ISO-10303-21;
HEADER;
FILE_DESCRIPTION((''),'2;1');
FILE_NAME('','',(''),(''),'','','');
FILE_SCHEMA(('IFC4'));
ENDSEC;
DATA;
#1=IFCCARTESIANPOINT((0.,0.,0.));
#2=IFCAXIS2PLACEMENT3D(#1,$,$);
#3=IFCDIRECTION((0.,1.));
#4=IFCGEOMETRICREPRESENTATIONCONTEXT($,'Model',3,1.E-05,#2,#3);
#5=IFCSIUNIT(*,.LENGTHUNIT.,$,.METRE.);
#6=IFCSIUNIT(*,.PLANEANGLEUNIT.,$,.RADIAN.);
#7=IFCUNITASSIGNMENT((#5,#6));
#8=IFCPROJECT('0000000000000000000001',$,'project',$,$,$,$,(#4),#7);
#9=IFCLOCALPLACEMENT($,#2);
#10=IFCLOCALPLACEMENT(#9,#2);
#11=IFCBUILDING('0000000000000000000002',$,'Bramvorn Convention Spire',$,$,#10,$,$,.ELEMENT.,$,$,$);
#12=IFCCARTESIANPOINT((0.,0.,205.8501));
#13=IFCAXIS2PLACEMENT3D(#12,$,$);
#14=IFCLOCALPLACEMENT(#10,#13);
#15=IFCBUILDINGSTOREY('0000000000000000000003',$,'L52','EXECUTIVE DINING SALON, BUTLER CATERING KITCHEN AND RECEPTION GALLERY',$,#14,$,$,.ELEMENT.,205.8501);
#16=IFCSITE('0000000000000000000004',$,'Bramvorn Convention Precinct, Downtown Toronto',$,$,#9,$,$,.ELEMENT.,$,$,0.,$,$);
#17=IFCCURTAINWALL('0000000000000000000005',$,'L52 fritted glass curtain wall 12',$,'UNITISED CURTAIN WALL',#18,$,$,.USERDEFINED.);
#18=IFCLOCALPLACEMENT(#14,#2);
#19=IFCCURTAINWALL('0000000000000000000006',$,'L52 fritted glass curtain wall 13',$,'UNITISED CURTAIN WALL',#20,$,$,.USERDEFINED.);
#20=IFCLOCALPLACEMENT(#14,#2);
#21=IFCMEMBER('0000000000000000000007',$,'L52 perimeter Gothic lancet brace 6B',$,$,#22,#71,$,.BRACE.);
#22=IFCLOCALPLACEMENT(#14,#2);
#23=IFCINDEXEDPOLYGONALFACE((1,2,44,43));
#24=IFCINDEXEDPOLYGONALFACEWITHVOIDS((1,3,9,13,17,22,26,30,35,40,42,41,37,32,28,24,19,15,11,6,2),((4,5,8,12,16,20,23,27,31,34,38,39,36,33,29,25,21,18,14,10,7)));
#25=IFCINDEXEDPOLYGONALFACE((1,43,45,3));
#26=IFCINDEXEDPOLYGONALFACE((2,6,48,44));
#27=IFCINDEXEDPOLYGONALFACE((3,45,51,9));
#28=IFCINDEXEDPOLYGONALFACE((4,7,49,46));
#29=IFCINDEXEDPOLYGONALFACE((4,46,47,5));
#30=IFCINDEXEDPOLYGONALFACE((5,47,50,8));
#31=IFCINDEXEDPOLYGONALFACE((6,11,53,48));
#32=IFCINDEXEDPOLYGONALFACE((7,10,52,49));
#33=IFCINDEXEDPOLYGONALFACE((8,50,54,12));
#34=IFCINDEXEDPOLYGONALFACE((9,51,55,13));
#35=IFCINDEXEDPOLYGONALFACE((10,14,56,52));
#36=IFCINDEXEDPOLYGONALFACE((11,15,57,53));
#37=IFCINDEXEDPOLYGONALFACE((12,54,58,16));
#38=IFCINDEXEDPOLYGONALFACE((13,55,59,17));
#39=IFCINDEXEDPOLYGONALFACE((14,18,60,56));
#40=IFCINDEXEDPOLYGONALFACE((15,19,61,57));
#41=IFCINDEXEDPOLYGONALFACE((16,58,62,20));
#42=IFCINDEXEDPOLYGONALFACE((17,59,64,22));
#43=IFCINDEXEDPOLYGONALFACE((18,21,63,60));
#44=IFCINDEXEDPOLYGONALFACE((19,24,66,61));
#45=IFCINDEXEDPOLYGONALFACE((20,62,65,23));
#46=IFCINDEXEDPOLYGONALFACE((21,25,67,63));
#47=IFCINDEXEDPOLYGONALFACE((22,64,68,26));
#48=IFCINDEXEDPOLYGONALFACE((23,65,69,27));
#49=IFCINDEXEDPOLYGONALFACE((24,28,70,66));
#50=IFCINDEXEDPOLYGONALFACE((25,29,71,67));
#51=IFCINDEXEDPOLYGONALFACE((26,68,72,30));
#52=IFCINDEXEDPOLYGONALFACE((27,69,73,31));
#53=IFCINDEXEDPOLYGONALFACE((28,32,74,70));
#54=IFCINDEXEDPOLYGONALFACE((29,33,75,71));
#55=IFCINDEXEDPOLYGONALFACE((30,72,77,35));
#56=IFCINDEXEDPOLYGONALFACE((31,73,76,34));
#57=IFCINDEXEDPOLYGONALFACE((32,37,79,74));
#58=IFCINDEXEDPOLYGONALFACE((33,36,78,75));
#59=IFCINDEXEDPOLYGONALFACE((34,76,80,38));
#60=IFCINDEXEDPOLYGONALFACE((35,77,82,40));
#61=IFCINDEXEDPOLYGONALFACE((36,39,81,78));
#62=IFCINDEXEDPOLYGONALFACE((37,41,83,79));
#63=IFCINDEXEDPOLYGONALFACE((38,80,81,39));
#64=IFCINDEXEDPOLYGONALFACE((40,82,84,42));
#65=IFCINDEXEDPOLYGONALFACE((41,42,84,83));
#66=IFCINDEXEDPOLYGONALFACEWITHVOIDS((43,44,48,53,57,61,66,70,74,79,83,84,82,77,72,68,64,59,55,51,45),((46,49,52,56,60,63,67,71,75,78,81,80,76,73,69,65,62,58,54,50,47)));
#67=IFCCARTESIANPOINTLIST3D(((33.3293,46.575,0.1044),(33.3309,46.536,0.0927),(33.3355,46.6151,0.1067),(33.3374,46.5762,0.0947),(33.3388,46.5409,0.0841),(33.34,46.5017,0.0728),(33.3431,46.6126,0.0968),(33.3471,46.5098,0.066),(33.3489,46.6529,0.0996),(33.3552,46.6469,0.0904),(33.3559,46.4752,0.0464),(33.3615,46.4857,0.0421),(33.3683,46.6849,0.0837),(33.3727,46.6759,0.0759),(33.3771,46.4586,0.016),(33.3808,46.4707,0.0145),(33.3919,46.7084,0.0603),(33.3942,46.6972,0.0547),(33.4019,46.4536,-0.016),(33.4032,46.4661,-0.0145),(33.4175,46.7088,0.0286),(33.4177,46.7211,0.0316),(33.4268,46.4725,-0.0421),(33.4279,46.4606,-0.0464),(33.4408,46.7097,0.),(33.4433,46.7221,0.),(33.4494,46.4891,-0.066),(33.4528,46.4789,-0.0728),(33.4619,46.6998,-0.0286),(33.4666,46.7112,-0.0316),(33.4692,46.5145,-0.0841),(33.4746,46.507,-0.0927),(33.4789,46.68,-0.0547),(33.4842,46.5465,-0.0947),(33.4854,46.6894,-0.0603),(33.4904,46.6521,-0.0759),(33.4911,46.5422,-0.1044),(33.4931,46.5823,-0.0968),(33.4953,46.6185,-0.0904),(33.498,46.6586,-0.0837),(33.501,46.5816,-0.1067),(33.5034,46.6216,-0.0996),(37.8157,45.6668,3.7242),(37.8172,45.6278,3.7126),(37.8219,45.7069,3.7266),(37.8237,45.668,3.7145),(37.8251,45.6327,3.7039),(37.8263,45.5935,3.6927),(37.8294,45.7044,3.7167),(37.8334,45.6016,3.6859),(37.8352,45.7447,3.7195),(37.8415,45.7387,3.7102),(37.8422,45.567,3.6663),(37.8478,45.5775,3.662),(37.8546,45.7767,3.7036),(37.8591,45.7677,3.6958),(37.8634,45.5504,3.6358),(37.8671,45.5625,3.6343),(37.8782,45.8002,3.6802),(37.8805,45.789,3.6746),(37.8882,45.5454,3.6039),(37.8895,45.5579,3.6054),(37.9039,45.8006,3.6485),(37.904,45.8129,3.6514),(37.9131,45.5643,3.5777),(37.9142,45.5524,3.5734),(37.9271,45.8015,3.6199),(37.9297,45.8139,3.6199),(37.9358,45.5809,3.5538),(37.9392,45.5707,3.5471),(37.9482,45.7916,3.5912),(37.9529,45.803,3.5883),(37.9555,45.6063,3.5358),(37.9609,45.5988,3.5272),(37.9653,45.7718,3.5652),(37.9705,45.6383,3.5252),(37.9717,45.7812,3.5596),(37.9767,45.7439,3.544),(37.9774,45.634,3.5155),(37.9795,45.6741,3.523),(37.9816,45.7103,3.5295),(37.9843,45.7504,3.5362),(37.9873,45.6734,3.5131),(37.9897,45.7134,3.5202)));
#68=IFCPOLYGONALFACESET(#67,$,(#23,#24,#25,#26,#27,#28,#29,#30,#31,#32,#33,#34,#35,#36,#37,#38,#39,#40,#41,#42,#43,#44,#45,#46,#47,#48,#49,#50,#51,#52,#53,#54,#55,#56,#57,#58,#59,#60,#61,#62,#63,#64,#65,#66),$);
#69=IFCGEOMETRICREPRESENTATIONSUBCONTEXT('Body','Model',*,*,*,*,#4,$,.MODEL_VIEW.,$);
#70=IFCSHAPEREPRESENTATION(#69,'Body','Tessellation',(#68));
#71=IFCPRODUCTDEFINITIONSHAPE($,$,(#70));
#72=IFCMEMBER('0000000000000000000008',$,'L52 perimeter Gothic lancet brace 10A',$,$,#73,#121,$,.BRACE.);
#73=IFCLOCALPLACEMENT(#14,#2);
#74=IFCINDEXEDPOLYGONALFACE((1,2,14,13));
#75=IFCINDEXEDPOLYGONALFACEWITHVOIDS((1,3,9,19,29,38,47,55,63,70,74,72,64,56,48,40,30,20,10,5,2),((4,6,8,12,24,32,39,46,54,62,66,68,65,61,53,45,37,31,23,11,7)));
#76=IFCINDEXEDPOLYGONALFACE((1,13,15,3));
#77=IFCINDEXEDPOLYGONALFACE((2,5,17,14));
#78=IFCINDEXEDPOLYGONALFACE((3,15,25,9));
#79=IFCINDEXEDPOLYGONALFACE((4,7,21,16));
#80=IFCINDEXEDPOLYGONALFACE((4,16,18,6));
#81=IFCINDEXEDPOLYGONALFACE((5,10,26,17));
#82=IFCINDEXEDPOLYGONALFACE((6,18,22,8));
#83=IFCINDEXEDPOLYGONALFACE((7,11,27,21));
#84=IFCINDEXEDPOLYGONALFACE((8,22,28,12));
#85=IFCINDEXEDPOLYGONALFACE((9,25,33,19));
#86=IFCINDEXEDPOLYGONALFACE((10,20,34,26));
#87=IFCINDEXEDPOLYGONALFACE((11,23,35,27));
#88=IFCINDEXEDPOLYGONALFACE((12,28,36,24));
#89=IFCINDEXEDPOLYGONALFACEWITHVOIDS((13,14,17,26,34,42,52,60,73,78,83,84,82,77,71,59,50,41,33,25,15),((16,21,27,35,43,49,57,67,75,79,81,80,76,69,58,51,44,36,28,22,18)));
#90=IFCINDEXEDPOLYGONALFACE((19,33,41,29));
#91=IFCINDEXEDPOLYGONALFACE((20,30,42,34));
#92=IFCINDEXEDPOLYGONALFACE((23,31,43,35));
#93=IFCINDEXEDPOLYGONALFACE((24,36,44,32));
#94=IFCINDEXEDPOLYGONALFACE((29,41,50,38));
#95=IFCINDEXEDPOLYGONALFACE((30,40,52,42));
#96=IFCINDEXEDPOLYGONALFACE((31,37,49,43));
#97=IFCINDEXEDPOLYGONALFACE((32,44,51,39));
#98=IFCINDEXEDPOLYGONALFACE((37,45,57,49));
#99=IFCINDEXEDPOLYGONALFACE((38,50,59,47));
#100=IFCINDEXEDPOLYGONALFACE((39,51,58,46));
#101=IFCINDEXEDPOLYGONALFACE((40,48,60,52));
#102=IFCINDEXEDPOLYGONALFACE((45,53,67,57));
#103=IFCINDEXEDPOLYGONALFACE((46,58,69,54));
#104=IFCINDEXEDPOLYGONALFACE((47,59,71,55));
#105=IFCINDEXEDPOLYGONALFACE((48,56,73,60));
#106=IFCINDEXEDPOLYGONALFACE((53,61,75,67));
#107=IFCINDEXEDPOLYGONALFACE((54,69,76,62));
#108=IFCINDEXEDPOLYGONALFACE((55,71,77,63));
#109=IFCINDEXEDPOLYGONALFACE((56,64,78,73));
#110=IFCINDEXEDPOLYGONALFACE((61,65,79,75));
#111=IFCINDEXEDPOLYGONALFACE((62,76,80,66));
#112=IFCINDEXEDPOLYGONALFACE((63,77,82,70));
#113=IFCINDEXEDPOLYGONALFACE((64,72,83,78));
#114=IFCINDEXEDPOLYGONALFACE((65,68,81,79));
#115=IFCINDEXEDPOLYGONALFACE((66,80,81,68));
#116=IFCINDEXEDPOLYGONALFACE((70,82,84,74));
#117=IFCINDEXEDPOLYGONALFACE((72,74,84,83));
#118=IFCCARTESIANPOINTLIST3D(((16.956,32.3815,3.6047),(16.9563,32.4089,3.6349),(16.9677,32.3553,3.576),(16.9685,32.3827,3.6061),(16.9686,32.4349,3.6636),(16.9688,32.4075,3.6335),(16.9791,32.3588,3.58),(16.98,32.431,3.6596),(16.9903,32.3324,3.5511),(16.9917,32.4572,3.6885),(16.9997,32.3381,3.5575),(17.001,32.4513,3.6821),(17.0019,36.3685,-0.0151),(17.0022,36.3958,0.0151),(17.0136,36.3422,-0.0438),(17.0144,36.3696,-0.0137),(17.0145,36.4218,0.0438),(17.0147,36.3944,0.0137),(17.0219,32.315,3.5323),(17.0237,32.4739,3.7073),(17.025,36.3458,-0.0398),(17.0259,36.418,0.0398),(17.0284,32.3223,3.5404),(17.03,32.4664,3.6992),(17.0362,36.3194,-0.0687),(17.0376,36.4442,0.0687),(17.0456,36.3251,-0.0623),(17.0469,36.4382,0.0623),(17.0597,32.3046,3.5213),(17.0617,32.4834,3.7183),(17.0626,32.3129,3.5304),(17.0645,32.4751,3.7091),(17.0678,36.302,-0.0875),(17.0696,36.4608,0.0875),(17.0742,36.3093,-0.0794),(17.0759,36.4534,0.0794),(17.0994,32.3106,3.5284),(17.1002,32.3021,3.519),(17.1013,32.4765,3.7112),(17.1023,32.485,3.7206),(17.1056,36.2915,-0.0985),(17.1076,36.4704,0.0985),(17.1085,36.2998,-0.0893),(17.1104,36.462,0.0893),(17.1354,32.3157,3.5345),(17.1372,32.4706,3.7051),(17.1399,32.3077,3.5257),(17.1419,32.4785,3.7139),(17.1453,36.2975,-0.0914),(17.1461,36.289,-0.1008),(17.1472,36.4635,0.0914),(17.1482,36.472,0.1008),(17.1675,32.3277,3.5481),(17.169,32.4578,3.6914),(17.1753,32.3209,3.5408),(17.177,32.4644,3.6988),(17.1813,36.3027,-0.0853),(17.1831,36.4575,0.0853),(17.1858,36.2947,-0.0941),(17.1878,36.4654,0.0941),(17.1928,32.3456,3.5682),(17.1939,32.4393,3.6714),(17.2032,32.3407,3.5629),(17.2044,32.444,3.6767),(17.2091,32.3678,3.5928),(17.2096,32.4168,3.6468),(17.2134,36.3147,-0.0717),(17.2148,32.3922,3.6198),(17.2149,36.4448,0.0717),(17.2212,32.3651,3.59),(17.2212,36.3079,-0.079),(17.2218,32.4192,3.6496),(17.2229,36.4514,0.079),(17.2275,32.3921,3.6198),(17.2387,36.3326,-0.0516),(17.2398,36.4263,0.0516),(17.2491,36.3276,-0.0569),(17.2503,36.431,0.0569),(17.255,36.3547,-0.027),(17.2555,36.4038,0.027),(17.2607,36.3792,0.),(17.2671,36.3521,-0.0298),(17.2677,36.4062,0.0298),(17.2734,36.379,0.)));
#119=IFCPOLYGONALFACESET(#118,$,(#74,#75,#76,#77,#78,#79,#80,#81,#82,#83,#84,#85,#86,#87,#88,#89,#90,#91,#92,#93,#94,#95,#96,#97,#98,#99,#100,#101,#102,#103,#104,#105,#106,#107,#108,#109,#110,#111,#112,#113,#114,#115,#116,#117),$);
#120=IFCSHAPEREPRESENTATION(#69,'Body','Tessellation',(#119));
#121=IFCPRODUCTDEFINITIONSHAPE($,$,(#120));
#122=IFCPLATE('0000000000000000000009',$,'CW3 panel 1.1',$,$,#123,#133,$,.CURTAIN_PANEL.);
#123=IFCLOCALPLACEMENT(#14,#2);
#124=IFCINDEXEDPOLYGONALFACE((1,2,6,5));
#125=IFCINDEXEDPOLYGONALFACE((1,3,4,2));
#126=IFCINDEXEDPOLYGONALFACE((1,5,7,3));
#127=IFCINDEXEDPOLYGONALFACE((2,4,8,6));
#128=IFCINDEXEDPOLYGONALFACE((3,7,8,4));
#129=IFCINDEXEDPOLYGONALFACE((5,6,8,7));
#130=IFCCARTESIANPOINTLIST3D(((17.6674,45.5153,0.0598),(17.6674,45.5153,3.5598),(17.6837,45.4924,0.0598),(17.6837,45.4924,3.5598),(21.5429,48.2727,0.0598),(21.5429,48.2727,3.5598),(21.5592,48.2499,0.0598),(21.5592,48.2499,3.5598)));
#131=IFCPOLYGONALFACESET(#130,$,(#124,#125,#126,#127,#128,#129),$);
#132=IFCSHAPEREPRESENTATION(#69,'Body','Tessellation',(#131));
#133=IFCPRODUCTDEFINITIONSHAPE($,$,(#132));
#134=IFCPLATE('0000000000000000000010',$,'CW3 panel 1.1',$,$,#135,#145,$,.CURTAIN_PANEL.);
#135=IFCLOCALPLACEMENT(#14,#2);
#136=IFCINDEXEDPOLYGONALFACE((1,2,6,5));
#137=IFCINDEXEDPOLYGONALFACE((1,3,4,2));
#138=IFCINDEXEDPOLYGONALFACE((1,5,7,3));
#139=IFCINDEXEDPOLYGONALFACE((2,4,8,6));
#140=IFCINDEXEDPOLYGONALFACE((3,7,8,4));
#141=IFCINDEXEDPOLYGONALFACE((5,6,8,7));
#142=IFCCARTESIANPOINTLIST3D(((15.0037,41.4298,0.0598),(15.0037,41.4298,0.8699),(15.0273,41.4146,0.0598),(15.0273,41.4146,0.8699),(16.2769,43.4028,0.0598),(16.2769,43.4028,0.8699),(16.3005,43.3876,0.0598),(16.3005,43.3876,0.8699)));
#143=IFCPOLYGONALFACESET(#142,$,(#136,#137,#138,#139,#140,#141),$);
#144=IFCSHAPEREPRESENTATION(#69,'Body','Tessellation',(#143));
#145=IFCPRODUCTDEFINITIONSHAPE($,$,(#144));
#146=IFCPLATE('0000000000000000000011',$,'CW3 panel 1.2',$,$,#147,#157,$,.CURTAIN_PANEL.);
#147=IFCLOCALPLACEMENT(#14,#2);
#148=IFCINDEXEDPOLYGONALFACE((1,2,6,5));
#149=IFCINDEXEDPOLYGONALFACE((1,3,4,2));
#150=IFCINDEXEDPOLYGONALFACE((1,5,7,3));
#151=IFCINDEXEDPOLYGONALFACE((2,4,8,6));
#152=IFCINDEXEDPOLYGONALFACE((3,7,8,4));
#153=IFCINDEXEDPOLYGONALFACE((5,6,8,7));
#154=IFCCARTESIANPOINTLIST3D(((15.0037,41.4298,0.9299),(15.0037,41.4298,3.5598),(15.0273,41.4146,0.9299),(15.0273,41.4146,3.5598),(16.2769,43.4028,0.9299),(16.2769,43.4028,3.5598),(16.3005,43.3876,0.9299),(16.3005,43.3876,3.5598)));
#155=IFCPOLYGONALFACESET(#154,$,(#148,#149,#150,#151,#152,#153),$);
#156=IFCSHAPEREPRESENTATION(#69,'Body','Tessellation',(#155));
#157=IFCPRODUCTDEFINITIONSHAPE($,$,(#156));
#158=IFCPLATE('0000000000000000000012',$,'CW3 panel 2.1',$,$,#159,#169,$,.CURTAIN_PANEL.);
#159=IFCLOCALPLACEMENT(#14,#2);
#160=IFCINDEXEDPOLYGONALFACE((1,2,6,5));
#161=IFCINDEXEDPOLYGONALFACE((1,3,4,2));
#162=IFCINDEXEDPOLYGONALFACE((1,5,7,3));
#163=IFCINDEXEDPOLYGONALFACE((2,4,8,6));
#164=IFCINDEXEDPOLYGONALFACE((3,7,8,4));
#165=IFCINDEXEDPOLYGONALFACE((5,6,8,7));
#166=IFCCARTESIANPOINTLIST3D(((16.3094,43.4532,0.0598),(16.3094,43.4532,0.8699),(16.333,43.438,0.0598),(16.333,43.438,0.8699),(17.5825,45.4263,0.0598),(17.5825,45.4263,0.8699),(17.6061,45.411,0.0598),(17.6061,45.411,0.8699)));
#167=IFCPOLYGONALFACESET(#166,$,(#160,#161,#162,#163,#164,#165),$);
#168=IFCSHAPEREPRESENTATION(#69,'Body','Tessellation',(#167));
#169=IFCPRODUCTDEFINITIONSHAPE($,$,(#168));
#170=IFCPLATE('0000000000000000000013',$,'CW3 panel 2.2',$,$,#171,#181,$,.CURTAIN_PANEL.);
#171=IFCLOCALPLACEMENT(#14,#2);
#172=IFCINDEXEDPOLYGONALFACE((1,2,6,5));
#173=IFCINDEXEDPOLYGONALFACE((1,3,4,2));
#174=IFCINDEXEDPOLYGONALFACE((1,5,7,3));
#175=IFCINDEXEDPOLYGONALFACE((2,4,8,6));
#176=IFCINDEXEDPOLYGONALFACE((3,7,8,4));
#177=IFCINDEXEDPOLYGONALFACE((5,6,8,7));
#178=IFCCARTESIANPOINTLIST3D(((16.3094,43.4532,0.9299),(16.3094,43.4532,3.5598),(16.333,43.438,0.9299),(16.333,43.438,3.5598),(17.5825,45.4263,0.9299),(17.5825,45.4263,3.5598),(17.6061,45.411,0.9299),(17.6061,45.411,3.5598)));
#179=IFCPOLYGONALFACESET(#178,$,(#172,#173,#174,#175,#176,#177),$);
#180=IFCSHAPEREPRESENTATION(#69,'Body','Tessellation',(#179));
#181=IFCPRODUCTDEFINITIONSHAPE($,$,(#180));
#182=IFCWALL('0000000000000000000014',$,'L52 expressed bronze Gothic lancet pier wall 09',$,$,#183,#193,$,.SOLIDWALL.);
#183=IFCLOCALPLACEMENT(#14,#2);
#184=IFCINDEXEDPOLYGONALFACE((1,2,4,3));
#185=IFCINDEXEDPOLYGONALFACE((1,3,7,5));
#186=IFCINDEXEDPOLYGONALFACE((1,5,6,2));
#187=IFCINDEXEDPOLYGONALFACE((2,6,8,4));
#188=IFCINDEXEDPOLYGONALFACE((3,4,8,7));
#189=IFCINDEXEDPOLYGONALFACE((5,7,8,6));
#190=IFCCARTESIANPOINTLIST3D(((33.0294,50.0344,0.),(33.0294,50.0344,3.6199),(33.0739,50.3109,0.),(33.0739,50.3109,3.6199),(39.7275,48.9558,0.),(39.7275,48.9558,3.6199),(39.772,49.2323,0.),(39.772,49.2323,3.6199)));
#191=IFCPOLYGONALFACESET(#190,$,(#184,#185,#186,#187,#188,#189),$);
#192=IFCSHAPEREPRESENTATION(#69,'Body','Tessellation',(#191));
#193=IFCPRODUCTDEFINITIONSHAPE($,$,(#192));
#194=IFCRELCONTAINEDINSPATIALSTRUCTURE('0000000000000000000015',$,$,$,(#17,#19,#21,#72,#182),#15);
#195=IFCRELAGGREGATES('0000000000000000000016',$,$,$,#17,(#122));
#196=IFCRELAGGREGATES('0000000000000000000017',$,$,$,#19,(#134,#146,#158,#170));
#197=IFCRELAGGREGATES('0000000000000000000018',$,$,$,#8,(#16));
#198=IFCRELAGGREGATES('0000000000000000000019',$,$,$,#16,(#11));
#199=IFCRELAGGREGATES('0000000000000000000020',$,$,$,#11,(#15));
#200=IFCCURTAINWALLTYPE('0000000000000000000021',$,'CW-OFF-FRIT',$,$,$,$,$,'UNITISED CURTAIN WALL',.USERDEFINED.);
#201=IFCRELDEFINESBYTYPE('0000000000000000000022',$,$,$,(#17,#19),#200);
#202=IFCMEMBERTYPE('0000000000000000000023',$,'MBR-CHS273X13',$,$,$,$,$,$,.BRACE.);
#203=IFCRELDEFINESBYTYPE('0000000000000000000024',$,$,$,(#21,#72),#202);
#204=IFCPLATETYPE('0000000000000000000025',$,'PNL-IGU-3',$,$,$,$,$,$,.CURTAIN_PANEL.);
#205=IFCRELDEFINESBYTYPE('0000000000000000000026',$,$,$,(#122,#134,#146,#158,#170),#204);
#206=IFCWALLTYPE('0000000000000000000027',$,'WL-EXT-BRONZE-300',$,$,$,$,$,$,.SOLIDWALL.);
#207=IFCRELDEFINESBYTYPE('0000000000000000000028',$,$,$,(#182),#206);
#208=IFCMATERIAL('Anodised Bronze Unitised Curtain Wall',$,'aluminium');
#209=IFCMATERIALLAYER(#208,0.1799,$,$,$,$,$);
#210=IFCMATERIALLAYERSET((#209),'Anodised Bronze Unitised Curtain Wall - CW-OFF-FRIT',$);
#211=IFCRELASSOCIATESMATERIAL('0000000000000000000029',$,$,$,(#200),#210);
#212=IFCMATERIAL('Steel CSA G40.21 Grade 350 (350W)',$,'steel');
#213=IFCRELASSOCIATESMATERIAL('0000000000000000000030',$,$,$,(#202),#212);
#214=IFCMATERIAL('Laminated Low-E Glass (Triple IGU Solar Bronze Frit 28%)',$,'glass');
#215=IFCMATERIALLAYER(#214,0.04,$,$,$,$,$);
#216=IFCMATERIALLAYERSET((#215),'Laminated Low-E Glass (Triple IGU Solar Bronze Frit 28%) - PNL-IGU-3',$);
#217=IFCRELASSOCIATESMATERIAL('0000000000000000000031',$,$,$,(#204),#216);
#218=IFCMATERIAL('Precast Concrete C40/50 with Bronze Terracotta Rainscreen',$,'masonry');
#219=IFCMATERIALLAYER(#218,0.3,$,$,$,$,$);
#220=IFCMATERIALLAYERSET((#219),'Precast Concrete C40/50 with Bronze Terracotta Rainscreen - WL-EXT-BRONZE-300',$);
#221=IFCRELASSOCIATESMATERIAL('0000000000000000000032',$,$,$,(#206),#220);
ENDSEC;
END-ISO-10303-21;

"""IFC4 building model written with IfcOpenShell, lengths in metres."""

from ifc_helpers import new_model, si_unit, direction, frame, frame_2d, origin, origin_2d, place, context, subcontext, project, spatial, rectangle, hollow_circle, extrude, material, layer, layer_set, material_profile, profile_set, type_object, element, aggregate, save


model = new_model("IFC4")

# Units and contexts
model_context = context("Model", 3, precision=1e-05, world=origin(), true_north=direction((0.0, 1.0)))
body_context = subcontext(model_context, "Body", "Model", "MODEL_VIEW")
ifc_project = project(units=[si_unit("LENGTHUNIT", "METRE"), si_unit("PLANEANGLEUNIT", "RADIAN")], contexts=[model_context])

# Site, building, storey
site_placement = place(None, origin())
site = spatial("IfcSite", under=ifc_project, at=site_placement, Name="Bramvorn Convention Precinct, Downtown Toronto", CompositionType="ELEMENT", RefElevation=0.0)
building_placement = place(site_placement, origin())
building = spatial("IfcBuilding", under=site, at=building_placement, Name="Bramvorn Convention Spire", CompositionType="ELEMENT")
storey_placement = place(building_placement, frame((0.0, 0.0, 205.8501)))
storey = spatial("IfcBuildingStorey", under=building, at=storey_placement, Name="L52", Description="EXECUTIVE DINING SALON, BUTLER CATERING KITCHEN AND RECEPTION GALLERY", CompositionType="ELEMENT", Elevation=205.8501)

# Shared definitions
ifc_material_1 = material(Name="Steel CSA G40.21 Grade 350 (350W)", Category="steel")

# Curtain walls
ifc_material_2 = material(Name="Anodised Bronze Unitised Curtain Wall", Category="aluminium")
ifc_layer_1 = layer(ifc_material_2, 0.1799)
ifc_layer_set_1 = layer_set([ifc_layer_1], Name="Anodised Bronze Unitised Curtain Wall - CW-OFF-FRIT")
curtain_wall_type = type_object("IfcCurtainWallType", Name="CW-OFF-FRIT", ElementType="UNITISED CURTAIN WALL", PredefinedType="USERDEFINED", material=ifc_layer_set_1)
curtain_wall_1_placement = place(storey_placement, origin())
curtain_wall_1 = element("IfcCurtainWall", 1, at=curtain_wall_1_placement, inside=storey, type_object=curtain_wall_type, Name="L52 fritted glass curtain wall 12", ObjectType="UNITISED CURTAIN WALL", PredefinedType="USERDEFINED")
curtain_wall_2_placement = place(storey_placement, origin())
curtain_wall_2 = element("IfcCurtainWall", 2, at=curtain_wall_2_placement, inside=storey, type_object=curtain_wall_type, Name="L52 fritted glass curtain wall 13", ObjectType="UNITISED CURTAIN WALL", PredefinedType="USERDEFINED")

# Members
ifc_material_profile_1 = material_profile(ifc_material_1, hollow_circle(Radius=0.1365, WallThickness=0.0127, at=origin_2d()))
ifc_profile_set_1 = profile_set([ifc_material_profile_1], Name="Steel CSA G40.21 Grade 350 (350W) - CHS273X13")
member_type_1 = type_object("IfcMemberType", Name="MBR-CHS273X13", PredefinedType="BRACE", material=ifc_profile_set_1)
member_1_placement = place(storey_placement, frame((33.4163, 46.5884, 0.0), z_axis=(0.768772, -0.155629, 0.620297), x_axis=(0.198413, 0.980118, 0.0)))
element("IfcMember", 3, at=member_1_placement, inside=storey, type_object=member_type_1, Name="L52 perimeter Gothic lancet brace 6B", PredefinedType="BRACE", context=body_context, shape_type="SweptSolid", body=[
    extrude(hollow_circle(Radius=0.1365, WallThickness=0.0127, at=origin_2d()), origin(), (0.0, 0.0, 1.0), 5.8357),
])
member_2_placement = place(storey_placement, frame((17.137, 36.3806, 0.0), z_axis=(-0.008523, -0.74035, 0.672168), x_axis=(0.999934, -0.011511, 0.0)))
element("IfcMember", 4, at=member_2_placement, inside=storey, type_object=member_type_1, Name="L52 perimeter Gothic lancet brace 10A", PredefinedType="BRACE", context=body_context, shape_type="SweptSolid", body=[
    extrude(hollow_circle(Radius=0.1365, WallThickness=0.0127, at=origin_2d()), origin(), (0.0, 0.0, 1.0), 5.3853),
])

# Plates
ifc_material_3 = material(Name="Laminated Low-E Glass (Triple IGU Solar Bronze Frit 28%)", Category="glass")
ifc_layer_2 = layer(ifc_material_3, 0.04)
ifc_layer_set_2 = layer_set([ifc_layer_2], Name="Laminated Low-E Glass (Triple IGU Solar Bronze Frit 28%) - PNL-IGU-3")
plate_type = type_object("IfcPlateType", Name="PNL-IGU-3", PredefinedType="CURTAIN_PANEL", material=ifc_layer_set_2)
plate_1_placement = place(storey_placement, frame((19.6133, 46.8826, 0.0598), z_axis=(0.0, 0.0, 1.0), x_axis=(0.814799, 0.579744, 0.0)))
plate_1 = element("IfcPlate", 5, at=plate_1_placement, type_object=plate_type, Name="CW3 panel 1.1", PredefinedType="CURTAIN_PANEL", context=body_context, shape_type="SweptSolid", body=[
    extrude(rectangle(XDim=4.7563, YDim=0.0281, at=origin_2d()), origin(), (0.0, 0.0, 1.0), 3.5),
])
aggregate(curtain_wall_1, [plate_1])
plate_2_placement = place(storey_placement, frame((15.6521, 42.4087, 0.0598), z_axis=(0.0, 0.0, 1.0), x_axis=(0.542187, 0.840258, 0.0)))
plate_2 = element("IfcPlate", 6, at=plate_2_placement, type_object=plate_type, Name="CW3 panel 1.1", PredefinedType="CURTAIN_PANEL", context=body_context, shape_type="SweptSolid", body=[
    extrude(rectangle(XDim=2.3481, YDim=0.0281, at=origin_2d()), origin(), (0.0, 0.0, 1.0), 0.8101),
])
plate_3_placement = place(storey_placement, frame((15.6521, 42.4087, 0.9299), z_axis=(0.0, 0.0, 1.0), x_axis=(0.542187, 0.840258, 0.0)))
plate_3 = element("IfcPlate", 7, at=plate_3_placement, type_object=plate_type, Name="CW3 panel 1.2", PredefinedType="CURTAIN_PANEL", context=body_context, shape_type="SweptSolid", body=[
    extrude(rectangle(XDim=2.3481, YDim=0.0281, at=origin_2d()), origin(), (0.0, 0.0, 1.0), 2.6299),
])
plate_4_placement = place(storey_placement, frame((16.9578, 44.4321, 0.0598), z_axis=(0.0, 0.0, 1.0), x_axis=(0.542187, 0.840258, 0.0)))
plate_4 = element("IfcPlate", 8, at=plate_4_placement, type_object=plate_type, Name="CW3 panel 2.1", PredefinedType="CURTAIN_PANEL", context=body_context, shape_type="SweptSolid", body=[
    extrude(rectangle(XDim=2.3481, YDim=0.0281, at=origin_2d()), origin(), (0.0, 0.0, 1.0), 0.8101),
])
plate_5_placement = place(storey_placement, frame((16.9578, 44.4321, 0.9299), z_axis=(0.0, 0.0, 1.0), x_axis=(0.542187, 0.840258, 0.0)))
plate_5 = element("IfcPlate", 9, at=plate_5_placement, type_object=plate_type, Name="CW3 panel 2.2", PredefinedType="CURTAIN_PANEL", context=body_context, shape_type="SweptSolid", body=[
    extrude(rectangle(XDim=2.3481, YDim=0.0281, at=origin_2d()), origin(), (0.0, 0.0, 1.0), 2.6299),
])
aggregate(curtain_wall_2, [plate_2, plate_3, plate_4, plate_5])

# Wall
ifc_material_4 = material(Name="Precast Concrete C40/50 with Bronze Terracotta Rainscreen", Category="masonry")
ifc_layer_3 = layer(ifc_material_4, 0.3)
ifc_layer_set_3 = layer_set([ifc_layer_3], Name="Precast Concrete C40/50 with Bronze Terracotta Rainscreen - WL-EXT-BRONZE-300")
wall_type = type_object("IfcWallType", Name="WL-EXT-BRONZE-300", PredefinedType="SOLIDWALL", material=ifc_layer_set_3)
wall_1_placement = place(storey_placement, frame((33.0518, 50.1726, 0.0), z_axis=(0.0, 0.0, 1.0), x_axis=(0.987282, -0.158981, 0.0)))
element("IfcWall", 10, at=wall_1_placement, inside=storey, type_object=wall_type, Name="L52 expressed bronze Gothic lancet pier wall 09", PredefinedType="SOLIDWALL", context=body_context, shape_type="SweptSolid", body=[
    extrude(rectangle(XDim=6.7844, YDim=0.28, at=frame_2d((3.3921, 0.0))), origin(), (0.0, 0.0, 1.0), 3.6199),
])

save(model, "model.ifc")
